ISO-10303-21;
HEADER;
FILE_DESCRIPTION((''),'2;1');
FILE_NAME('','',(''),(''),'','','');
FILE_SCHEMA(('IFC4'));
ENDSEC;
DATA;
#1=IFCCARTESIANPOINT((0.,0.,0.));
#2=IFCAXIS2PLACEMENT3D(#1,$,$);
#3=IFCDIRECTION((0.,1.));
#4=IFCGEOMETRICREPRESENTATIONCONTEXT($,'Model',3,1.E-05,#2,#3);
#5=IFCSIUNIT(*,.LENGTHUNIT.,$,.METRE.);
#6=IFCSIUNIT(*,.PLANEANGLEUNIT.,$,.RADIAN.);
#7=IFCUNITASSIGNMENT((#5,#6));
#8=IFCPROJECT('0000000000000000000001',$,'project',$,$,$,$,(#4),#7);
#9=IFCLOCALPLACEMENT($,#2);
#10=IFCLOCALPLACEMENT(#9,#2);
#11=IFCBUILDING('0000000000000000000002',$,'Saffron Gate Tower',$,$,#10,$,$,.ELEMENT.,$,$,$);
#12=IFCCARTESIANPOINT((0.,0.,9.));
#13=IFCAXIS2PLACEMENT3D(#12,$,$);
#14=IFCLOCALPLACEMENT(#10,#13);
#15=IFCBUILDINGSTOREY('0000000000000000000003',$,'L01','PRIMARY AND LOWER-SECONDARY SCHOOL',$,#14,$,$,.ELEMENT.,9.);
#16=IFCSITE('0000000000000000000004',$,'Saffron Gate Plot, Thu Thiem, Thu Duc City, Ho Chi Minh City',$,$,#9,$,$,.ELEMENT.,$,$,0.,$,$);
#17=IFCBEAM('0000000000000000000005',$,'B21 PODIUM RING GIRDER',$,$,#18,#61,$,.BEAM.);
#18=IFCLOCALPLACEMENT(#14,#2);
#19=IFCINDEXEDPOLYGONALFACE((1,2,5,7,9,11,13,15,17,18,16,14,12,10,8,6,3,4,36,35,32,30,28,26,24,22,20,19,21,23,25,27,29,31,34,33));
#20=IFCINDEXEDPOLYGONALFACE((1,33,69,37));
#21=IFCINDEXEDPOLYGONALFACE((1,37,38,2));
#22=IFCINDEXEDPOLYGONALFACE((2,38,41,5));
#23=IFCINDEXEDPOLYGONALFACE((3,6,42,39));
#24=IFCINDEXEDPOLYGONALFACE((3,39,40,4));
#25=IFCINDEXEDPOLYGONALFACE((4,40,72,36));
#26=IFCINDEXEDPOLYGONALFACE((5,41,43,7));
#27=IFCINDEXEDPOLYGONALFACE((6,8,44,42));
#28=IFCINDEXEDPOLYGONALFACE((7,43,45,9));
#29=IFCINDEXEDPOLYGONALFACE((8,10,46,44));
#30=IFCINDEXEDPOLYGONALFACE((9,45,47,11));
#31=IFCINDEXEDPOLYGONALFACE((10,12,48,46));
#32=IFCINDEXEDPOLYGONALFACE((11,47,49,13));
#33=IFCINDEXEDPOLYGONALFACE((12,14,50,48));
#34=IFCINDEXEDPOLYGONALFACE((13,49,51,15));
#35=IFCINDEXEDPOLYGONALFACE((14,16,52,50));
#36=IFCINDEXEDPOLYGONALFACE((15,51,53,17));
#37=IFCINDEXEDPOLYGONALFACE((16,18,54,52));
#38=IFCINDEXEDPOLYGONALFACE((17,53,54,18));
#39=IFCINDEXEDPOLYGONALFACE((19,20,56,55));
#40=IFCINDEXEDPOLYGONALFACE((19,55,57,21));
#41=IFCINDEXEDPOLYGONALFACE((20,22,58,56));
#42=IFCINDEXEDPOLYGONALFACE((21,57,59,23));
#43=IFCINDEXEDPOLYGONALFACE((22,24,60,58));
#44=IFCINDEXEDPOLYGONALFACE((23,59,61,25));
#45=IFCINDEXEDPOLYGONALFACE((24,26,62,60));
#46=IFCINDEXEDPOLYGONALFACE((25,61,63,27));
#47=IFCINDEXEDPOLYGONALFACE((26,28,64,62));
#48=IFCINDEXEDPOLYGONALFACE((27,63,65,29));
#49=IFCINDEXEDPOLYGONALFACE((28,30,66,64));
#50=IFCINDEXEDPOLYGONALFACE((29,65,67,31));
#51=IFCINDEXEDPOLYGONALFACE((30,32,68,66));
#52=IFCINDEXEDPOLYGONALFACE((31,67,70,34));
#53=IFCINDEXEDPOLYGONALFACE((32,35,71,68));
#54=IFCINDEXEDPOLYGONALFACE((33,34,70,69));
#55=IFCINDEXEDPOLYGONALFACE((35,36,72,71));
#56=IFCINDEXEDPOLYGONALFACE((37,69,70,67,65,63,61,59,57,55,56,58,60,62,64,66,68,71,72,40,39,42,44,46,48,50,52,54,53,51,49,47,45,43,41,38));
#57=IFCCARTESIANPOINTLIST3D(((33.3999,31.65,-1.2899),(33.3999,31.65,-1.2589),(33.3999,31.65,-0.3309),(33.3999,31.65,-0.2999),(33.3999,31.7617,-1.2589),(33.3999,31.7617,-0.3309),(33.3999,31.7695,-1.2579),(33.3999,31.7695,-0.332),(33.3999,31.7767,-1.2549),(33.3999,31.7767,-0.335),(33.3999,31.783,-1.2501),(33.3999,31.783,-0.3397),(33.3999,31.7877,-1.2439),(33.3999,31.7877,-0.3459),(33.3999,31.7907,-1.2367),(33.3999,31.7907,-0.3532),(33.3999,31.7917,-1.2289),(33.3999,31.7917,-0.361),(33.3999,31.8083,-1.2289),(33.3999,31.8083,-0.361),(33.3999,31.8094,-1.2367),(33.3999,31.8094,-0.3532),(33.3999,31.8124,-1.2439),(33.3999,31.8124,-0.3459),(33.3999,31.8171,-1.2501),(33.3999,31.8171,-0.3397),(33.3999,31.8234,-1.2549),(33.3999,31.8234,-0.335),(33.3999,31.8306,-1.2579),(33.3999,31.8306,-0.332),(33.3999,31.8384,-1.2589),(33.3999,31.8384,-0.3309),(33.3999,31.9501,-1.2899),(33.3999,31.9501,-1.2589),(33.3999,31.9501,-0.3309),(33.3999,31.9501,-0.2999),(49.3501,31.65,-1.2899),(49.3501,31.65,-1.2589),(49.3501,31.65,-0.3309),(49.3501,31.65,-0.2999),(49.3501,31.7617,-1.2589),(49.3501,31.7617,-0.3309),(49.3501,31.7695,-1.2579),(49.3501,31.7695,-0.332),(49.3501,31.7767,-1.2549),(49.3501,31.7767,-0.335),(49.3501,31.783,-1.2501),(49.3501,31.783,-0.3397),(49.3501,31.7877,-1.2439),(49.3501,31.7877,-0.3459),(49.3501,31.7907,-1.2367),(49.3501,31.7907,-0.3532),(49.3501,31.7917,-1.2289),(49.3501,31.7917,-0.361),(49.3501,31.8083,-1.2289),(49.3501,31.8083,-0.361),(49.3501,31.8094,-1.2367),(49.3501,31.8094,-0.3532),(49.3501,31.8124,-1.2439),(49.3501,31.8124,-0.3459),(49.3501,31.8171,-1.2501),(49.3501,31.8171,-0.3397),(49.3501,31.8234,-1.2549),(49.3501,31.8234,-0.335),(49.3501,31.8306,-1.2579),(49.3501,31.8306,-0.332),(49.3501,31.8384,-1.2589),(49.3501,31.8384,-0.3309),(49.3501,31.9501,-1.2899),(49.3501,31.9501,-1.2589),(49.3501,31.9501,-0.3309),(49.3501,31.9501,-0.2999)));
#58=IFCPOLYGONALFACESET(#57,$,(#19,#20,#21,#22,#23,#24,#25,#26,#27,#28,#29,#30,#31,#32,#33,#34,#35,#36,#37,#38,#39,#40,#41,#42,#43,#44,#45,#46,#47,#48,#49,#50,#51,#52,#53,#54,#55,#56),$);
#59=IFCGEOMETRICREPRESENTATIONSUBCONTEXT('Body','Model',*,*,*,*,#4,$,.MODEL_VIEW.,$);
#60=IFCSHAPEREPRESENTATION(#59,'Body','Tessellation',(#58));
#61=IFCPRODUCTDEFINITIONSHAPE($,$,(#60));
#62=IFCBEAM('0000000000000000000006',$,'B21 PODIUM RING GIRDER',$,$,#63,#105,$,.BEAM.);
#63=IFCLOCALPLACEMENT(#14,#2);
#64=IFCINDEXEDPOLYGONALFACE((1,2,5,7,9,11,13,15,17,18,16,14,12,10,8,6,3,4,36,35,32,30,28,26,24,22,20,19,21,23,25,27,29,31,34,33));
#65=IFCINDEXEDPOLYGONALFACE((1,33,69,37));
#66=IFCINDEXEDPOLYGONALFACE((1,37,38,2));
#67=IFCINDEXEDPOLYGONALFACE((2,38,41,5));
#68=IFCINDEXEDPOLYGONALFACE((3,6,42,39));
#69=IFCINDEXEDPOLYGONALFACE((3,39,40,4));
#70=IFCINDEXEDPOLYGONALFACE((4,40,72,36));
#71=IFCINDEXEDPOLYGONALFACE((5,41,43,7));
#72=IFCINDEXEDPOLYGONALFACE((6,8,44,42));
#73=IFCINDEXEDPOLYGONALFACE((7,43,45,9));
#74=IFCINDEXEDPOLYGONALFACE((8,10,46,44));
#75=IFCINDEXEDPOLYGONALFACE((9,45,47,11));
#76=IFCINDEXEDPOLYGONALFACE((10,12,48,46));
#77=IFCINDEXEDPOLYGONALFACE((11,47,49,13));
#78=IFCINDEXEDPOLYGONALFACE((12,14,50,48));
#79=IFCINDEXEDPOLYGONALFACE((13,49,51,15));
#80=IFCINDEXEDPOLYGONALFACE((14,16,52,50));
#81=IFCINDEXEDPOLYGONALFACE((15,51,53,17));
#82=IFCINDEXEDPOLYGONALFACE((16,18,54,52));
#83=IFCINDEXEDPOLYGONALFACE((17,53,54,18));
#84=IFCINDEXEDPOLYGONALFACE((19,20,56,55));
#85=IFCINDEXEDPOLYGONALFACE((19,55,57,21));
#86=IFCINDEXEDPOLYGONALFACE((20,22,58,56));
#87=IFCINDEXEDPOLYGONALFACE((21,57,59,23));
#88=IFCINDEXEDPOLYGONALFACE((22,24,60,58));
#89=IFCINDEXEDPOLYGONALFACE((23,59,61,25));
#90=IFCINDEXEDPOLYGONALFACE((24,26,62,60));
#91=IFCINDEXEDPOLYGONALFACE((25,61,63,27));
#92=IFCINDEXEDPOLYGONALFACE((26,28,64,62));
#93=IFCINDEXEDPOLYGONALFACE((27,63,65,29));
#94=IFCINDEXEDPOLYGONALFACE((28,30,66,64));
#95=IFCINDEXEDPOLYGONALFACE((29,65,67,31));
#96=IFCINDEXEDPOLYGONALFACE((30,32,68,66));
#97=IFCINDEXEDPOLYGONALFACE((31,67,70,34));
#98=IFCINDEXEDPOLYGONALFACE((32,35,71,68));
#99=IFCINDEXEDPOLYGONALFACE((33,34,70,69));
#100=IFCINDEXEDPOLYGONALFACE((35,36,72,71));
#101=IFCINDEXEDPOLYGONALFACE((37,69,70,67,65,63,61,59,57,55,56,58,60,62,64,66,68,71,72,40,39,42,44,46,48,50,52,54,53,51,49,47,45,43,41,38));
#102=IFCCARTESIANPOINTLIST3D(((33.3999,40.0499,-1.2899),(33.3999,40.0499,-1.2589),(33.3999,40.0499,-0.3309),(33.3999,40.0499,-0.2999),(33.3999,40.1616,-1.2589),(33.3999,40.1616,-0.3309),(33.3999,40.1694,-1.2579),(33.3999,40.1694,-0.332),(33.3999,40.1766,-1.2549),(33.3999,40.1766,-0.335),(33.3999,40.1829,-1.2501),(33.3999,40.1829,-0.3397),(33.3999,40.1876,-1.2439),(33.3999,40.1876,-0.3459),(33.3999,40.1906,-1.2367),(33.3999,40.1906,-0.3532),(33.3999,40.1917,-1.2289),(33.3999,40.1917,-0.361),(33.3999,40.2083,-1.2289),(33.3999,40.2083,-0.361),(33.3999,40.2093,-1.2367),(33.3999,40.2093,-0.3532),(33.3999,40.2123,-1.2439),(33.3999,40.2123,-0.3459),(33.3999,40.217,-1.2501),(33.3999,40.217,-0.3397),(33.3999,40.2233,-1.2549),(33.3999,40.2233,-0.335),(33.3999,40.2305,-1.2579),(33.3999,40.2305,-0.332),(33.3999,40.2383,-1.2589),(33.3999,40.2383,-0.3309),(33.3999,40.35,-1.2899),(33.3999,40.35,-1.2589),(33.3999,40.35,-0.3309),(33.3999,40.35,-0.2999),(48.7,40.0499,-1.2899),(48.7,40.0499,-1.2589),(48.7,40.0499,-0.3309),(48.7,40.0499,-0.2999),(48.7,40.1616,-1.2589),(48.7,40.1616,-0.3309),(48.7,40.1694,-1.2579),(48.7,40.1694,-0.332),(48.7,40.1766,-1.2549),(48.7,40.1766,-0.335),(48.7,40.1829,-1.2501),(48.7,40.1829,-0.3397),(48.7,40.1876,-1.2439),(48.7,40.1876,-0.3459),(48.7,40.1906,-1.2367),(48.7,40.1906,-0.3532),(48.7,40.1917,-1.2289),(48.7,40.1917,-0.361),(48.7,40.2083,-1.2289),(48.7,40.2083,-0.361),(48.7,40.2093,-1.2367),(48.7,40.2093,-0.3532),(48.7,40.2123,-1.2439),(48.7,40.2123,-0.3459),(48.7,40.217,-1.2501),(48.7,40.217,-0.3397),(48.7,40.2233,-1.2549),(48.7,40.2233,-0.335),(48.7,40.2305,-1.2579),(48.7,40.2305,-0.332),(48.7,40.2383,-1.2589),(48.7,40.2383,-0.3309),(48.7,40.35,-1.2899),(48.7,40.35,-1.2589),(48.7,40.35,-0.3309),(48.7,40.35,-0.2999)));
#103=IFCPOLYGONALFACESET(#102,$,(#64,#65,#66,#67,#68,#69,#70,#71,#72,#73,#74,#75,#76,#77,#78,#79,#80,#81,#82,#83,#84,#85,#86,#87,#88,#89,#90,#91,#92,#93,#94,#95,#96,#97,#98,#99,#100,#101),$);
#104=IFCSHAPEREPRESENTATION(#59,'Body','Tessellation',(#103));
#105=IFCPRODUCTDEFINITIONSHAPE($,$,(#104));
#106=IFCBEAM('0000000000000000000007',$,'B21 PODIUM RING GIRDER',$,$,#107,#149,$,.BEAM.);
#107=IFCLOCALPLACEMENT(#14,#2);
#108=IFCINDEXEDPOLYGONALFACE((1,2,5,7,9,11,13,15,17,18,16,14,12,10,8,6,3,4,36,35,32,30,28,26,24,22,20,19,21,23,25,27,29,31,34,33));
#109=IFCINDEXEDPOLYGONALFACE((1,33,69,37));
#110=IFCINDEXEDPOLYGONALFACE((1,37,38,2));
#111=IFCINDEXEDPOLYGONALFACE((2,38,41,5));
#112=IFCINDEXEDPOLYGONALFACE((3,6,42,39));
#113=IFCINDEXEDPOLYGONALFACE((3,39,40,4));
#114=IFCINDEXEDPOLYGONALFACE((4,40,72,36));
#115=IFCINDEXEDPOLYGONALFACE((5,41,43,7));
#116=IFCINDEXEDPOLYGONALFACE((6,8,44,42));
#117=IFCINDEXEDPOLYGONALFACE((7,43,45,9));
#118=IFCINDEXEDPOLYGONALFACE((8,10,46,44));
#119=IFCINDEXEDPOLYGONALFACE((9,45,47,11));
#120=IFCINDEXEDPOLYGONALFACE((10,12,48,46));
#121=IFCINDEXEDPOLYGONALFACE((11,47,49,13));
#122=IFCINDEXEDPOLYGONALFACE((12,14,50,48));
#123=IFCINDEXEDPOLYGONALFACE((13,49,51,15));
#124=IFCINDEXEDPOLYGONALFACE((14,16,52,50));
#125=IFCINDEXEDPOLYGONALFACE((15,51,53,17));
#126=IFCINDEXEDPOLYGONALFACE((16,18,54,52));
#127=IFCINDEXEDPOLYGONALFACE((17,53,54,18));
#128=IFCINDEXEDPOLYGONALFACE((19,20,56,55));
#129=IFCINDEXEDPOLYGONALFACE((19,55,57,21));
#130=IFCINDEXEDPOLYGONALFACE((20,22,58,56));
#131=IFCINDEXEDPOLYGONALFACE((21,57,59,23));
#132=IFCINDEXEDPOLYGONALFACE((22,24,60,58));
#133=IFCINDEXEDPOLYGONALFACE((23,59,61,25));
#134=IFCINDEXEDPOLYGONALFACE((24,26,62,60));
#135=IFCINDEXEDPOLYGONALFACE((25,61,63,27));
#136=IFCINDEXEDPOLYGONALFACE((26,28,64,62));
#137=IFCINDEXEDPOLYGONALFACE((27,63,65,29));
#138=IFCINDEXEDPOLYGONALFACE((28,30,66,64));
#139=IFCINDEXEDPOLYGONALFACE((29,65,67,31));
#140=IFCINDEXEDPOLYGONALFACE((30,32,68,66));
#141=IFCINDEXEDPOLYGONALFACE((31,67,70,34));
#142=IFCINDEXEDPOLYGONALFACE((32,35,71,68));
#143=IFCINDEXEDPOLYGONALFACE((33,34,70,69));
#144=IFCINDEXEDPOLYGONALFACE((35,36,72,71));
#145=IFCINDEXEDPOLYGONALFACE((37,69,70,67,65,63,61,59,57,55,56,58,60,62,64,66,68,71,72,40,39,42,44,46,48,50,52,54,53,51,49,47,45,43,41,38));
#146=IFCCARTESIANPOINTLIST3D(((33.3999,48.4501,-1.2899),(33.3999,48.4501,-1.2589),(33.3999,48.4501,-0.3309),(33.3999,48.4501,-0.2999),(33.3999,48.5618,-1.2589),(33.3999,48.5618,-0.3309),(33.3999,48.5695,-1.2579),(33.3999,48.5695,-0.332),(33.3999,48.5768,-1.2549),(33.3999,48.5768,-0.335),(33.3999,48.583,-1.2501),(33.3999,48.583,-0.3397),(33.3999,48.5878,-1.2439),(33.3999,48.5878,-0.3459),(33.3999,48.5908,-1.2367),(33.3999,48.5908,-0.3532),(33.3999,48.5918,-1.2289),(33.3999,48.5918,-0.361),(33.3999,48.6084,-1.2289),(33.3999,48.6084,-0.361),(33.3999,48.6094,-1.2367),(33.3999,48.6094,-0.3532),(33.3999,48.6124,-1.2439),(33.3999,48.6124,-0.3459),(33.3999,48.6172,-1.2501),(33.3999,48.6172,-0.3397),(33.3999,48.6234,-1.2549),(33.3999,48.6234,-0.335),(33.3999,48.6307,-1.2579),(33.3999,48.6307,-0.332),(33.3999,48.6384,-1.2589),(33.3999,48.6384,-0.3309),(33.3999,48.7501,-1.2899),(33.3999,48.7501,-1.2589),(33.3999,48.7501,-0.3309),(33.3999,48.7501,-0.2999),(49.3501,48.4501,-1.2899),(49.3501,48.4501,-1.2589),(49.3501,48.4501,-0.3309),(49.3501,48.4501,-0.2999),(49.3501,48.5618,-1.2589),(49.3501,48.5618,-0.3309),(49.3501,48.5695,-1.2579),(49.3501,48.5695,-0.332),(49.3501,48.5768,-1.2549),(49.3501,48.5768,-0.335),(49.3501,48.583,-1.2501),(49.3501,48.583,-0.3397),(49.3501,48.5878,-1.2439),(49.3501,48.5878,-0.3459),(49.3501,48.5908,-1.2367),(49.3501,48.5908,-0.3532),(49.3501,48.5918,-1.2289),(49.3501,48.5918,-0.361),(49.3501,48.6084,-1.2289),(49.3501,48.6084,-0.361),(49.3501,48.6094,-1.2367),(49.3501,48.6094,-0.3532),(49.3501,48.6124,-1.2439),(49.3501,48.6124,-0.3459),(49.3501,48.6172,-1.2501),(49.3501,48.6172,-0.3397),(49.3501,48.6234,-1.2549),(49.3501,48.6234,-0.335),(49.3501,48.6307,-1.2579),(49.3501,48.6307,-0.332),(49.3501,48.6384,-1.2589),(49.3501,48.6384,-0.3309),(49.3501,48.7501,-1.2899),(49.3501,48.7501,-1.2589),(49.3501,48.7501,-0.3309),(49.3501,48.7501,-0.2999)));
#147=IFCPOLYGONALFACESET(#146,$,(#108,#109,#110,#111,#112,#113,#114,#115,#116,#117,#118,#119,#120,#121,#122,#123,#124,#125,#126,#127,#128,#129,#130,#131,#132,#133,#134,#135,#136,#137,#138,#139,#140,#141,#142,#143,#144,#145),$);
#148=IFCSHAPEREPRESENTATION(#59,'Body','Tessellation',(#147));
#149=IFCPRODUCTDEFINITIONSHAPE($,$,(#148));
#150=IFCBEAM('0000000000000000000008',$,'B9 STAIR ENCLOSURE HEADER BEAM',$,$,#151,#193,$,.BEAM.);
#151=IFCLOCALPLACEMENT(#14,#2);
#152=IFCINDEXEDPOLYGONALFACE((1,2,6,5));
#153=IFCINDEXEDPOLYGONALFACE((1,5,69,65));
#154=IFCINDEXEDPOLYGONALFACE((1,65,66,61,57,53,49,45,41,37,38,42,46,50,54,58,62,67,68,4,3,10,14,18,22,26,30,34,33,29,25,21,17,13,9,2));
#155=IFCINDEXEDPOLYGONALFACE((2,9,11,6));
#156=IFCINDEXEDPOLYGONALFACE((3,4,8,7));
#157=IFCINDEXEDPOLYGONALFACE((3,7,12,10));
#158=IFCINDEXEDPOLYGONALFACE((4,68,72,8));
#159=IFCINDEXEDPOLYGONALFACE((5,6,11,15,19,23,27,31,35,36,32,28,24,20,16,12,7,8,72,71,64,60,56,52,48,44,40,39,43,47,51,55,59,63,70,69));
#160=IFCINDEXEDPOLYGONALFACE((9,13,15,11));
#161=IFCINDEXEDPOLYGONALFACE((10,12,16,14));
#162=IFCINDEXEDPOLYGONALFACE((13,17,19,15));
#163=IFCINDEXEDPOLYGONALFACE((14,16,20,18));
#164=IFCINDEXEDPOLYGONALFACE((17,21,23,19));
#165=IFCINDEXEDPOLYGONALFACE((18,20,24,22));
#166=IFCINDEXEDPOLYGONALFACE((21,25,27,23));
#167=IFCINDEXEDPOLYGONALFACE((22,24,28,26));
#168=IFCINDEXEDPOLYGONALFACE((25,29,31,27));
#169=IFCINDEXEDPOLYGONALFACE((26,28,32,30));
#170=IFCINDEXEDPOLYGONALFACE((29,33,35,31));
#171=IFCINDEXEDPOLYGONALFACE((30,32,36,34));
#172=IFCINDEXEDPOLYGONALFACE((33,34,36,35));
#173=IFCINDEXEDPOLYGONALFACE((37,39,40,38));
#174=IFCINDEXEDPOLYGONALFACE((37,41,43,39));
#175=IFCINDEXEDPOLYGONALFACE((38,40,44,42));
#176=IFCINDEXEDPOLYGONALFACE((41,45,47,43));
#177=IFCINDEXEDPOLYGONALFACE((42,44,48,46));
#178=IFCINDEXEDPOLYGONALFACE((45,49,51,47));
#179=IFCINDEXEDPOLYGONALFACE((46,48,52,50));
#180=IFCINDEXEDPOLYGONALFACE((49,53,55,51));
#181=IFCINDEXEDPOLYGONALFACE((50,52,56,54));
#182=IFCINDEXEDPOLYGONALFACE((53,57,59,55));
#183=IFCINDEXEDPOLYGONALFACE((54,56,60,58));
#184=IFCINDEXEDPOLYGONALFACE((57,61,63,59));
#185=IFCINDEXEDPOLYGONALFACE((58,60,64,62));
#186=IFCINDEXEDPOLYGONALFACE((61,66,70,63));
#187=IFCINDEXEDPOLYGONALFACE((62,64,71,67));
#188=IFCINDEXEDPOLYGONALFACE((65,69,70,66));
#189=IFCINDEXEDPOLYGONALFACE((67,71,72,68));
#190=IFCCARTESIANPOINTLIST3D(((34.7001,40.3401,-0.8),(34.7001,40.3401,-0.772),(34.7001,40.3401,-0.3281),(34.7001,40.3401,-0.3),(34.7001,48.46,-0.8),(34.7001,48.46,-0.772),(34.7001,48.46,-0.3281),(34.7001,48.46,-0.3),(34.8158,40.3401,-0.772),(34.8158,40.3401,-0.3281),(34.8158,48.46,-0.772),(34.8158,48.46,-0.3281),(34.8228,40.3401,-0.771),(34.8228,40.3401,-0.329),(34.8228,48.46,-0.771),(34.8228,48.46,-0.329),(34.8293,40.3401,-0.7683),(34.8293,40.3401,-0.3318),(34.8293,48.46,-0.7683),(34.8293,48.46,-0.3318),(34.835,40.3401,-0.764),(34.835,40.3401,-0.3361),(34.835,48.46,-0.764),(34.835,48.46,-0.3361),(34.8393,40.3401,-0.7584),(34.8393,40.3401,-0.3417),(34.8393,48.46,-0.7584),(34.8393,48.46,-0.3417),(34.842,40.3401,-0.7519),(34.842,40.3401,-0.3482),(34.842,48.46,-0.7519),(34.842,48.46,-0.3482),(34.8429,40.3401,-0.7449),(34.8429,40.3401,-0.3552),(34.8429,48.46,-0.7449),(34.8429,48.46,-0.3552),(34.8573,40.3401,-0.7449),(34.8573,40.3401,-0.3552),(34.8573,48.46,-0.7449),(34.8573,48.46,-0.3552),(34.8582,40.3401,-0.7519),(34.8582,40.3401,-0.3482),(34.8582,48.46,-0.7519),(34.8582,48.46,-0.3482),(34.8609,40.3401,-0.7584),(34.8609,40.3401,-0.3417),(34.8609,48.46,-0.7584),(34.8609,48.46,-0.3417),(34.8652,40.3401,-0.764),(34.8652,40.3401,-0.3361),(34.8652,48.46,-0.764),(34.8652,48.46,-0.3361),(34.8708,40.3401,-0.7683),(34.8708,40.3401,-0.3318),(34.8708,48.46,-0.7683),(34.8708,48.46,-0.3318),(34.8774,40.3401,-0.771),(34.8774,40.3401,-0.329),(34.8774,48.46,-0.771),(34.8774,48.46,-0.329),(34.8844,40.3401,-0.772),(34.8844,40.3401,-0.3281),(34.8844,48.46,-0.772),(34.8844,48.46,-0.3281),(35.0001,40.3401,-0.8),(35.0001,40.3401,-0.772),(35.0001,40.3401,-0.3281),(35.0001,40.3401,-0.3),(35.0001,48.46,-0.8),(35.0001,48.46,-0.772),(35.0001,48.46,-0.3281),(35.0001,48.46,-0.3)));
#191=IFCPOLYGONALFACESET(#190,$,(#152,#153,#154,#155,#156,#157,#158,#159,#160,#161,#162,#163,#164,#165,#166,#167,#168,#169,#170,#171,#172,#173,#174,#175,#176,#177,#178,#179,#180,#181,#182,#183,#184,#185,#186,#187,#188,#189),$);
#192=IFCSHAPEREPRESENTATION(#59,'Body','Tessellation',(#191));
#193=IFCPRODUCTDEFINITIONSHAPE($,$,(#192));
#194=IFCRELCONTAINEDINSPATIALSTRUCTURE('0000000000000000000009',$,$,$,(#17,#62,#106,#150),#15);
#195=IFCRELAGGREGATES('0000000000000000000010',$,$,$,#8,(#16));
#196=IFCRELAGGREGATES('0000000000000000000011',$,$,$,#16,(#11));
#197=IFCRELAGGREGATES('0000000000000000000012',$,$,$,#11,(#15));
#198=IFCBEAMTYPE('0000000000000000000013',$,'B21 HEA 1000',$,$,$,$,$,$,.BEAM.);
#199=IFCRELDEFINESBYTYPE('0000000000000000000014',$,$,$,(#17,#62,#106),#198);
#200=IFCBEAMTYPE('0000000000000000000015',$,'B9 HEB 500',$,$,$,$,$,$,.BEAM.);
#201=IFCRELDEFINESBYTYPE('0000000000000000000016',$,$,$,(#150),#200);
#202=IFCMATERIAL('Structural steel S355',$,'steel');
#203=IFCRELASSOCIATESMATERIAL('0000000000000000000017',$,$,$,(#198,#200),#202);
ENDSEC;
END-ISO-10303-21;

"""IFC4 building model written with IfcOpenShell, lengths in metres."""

from ifc_helpers import new_model, si_unit, direction, frame, origin, origin_2d, place, context, subcontext, project, spatial, i_section, extrude, material, material_profile, profile_set, type_object, element, save


model = new_model("IFC4")

# Units and contexts
model_context = context("Model", 3, precision=1e-05, world=origin(), true_north=direction((0.0, 1.0)))
body_context = subcontext(model_context, "Body", "Model", "MODEL_VIEW")
ifc_project = project(units=[si_unit("LENGTHUNIT", "METRE"), si_unit("PLANEANGLEUNIT", "RADIAN")], contexts=[model_context])

# Site, building, storey
site_placement = place(None, origin())
site = spatial("IfcSite", under=ifc_project, at=site_placement, Name="Saffron Gate Plot, Thu Thiem, Thu Duc City, Ho Chi Minh City", CompositionType="ELEMENT", RefElevation=0.0)
building_placement = place(site_placement, origin())
building = spatial("IfcBuilding", under=site, at=building_placement, Name="Saffron Gate Tower", CompositionType="ELEMENT")
storey_placement = place(building_placement, frame((0.0, 0.0, 9.0)))
storey = spatial("IfcBuildingStorey", under=building, at=storey_placement, Name="L01", Description="PRIMARY AND LOWER-SECONDARY SCHOOL", CompositionType="ELEMENT", Elevation=9.0)

# Beams
ifc_material_1 = material(Name="Structural steel S355", Category="steel")
ifc_material_profile_1 = material_profile(ifc_material_1, i_section(OverallWidth=0.3, OverallDepth=0.99, WebThickness=0.0166, FlangeThickness=0.031, FilletRadius=0.03, at=origin_2d()))
ifc_profile_set_1 = profile_set([ifc_material_profile_1], Name="Structural steel S355")
beam_type_1 = type_object("IfcBeamType", Name="B21 HEA 1000", PredefinedType="BEAM", material=ifc_profile_set_1)
beam_1_placement = place(storey_placement, frame((33.3999, 31.8, -0.7949), z_axis=(1.0, 0.0, 0.0), x_axis=(0.0, 1.0, 0.0)))
element("IfcBeam", 1, at=beam_1_placement, inside=storey, type_object=beam_type_1, Name="B21 PODIUM RING GIRDER", PredefinedType="BEAM", context=body_context, shape_type="SweptSolid", body=[
    extrude(i_section(OverallWidth=0.3, OverallDepth=0.99, WebThickness=0.0166, FlangeThickness=0.031, FilletRadius=0.03, at=origin_2d()), origin(), (0.0, 0.0, 1.0), 15.9502),
])
beam_2_placement = place(storey_placement, frame((33.3999, 40.2, -0.7949), z_axis=(1.0, 0.0, 0.0), x_axis=(0.0, 1.0, 0.0)))
element("IfcBeam", 2, at=beam_2_placement, inside=storey, type_object=beam_type_1, Name="B21 PODIUM RING GIRDER", PredefinedType="BEAM", context=body_context, shape_type="SweptSolid", body=[
    extrude(i_section(OverallWidth=0.3, OverallDepth=0.99, WebThickness=0.0166, FlangeThickness=0.031, FilletRadius=0.03, at=origin_2d()), origin(), (0.0, 0.0, 1.0), 15.3),
])
beam_3_placement = place(storey_placement, frame((33.3999, 48.6001, -0.7949), z_axis=(1.0, 0.0, 0.0), x_axis=(0.0, 1.0, 0.0)))
element("IfcBeam", 3, at=beam_3_placement, inside=storey, type_object=beam_type_1, Name="B21 PODIUM RING GIRDER", PredefinedType="BEAM", context=body_context, shape_type="SweptSolid", body=[
    extrude(i_section(OverallWidth=0.3, OverallDepth=0.99, WebThickness=0.0166, FlangeThickness=0.031, FilletRadius=0.03, at=origin_2d()), origin(), (0.0, 0.0, 1.0), 15.9502),
])
ifc_material_profile_2 = material_profile(ifc_material_1, i_section(OverallWidth=0.3, OverallDepth=0.5, WebThickness=0.0144, FlangeThickness=0.0281, FilletRadius=0.0271, at=origin_2d()))
ifc_profile_set_2 = profile_set([ifc_material_profile_2], Name="Structural steel S355")
beam_type_2 = type_object("IfcBeamType", Name="B9 HEB 500", PredefinedType="BEAM", material=ifc_profile_set_2)
for number, where, z_axis, x_axis, name in (
    (4, (34.8501, 40.3401, -0.55), (0.0, 1.0, 0.0), (-1.0, 0.0, 0.0), "B9 STAIR ENCLOSURE HEADER BEAM"),
):
    element("IfcBeam", number, at=place(storey_placement, frame(where, z_axis=z_axis, x_axis=x_axis)), inside=storey, type_object=beam_type_2, Name=name, PredefinedType="BEAM", context=body_context, shape_type="SweptSolid", body=[
        extrude(i_section(OverallWidth=0.3, OverallDepth=0.5, WebThickness=0.0144, FlangeThickness=0.0281, FilletRadius=0.0271, at=origin_2d()), origin(), (0.0, 0.0, 1.0), 8.1199),
    ])

save(model, "model.ifc")
